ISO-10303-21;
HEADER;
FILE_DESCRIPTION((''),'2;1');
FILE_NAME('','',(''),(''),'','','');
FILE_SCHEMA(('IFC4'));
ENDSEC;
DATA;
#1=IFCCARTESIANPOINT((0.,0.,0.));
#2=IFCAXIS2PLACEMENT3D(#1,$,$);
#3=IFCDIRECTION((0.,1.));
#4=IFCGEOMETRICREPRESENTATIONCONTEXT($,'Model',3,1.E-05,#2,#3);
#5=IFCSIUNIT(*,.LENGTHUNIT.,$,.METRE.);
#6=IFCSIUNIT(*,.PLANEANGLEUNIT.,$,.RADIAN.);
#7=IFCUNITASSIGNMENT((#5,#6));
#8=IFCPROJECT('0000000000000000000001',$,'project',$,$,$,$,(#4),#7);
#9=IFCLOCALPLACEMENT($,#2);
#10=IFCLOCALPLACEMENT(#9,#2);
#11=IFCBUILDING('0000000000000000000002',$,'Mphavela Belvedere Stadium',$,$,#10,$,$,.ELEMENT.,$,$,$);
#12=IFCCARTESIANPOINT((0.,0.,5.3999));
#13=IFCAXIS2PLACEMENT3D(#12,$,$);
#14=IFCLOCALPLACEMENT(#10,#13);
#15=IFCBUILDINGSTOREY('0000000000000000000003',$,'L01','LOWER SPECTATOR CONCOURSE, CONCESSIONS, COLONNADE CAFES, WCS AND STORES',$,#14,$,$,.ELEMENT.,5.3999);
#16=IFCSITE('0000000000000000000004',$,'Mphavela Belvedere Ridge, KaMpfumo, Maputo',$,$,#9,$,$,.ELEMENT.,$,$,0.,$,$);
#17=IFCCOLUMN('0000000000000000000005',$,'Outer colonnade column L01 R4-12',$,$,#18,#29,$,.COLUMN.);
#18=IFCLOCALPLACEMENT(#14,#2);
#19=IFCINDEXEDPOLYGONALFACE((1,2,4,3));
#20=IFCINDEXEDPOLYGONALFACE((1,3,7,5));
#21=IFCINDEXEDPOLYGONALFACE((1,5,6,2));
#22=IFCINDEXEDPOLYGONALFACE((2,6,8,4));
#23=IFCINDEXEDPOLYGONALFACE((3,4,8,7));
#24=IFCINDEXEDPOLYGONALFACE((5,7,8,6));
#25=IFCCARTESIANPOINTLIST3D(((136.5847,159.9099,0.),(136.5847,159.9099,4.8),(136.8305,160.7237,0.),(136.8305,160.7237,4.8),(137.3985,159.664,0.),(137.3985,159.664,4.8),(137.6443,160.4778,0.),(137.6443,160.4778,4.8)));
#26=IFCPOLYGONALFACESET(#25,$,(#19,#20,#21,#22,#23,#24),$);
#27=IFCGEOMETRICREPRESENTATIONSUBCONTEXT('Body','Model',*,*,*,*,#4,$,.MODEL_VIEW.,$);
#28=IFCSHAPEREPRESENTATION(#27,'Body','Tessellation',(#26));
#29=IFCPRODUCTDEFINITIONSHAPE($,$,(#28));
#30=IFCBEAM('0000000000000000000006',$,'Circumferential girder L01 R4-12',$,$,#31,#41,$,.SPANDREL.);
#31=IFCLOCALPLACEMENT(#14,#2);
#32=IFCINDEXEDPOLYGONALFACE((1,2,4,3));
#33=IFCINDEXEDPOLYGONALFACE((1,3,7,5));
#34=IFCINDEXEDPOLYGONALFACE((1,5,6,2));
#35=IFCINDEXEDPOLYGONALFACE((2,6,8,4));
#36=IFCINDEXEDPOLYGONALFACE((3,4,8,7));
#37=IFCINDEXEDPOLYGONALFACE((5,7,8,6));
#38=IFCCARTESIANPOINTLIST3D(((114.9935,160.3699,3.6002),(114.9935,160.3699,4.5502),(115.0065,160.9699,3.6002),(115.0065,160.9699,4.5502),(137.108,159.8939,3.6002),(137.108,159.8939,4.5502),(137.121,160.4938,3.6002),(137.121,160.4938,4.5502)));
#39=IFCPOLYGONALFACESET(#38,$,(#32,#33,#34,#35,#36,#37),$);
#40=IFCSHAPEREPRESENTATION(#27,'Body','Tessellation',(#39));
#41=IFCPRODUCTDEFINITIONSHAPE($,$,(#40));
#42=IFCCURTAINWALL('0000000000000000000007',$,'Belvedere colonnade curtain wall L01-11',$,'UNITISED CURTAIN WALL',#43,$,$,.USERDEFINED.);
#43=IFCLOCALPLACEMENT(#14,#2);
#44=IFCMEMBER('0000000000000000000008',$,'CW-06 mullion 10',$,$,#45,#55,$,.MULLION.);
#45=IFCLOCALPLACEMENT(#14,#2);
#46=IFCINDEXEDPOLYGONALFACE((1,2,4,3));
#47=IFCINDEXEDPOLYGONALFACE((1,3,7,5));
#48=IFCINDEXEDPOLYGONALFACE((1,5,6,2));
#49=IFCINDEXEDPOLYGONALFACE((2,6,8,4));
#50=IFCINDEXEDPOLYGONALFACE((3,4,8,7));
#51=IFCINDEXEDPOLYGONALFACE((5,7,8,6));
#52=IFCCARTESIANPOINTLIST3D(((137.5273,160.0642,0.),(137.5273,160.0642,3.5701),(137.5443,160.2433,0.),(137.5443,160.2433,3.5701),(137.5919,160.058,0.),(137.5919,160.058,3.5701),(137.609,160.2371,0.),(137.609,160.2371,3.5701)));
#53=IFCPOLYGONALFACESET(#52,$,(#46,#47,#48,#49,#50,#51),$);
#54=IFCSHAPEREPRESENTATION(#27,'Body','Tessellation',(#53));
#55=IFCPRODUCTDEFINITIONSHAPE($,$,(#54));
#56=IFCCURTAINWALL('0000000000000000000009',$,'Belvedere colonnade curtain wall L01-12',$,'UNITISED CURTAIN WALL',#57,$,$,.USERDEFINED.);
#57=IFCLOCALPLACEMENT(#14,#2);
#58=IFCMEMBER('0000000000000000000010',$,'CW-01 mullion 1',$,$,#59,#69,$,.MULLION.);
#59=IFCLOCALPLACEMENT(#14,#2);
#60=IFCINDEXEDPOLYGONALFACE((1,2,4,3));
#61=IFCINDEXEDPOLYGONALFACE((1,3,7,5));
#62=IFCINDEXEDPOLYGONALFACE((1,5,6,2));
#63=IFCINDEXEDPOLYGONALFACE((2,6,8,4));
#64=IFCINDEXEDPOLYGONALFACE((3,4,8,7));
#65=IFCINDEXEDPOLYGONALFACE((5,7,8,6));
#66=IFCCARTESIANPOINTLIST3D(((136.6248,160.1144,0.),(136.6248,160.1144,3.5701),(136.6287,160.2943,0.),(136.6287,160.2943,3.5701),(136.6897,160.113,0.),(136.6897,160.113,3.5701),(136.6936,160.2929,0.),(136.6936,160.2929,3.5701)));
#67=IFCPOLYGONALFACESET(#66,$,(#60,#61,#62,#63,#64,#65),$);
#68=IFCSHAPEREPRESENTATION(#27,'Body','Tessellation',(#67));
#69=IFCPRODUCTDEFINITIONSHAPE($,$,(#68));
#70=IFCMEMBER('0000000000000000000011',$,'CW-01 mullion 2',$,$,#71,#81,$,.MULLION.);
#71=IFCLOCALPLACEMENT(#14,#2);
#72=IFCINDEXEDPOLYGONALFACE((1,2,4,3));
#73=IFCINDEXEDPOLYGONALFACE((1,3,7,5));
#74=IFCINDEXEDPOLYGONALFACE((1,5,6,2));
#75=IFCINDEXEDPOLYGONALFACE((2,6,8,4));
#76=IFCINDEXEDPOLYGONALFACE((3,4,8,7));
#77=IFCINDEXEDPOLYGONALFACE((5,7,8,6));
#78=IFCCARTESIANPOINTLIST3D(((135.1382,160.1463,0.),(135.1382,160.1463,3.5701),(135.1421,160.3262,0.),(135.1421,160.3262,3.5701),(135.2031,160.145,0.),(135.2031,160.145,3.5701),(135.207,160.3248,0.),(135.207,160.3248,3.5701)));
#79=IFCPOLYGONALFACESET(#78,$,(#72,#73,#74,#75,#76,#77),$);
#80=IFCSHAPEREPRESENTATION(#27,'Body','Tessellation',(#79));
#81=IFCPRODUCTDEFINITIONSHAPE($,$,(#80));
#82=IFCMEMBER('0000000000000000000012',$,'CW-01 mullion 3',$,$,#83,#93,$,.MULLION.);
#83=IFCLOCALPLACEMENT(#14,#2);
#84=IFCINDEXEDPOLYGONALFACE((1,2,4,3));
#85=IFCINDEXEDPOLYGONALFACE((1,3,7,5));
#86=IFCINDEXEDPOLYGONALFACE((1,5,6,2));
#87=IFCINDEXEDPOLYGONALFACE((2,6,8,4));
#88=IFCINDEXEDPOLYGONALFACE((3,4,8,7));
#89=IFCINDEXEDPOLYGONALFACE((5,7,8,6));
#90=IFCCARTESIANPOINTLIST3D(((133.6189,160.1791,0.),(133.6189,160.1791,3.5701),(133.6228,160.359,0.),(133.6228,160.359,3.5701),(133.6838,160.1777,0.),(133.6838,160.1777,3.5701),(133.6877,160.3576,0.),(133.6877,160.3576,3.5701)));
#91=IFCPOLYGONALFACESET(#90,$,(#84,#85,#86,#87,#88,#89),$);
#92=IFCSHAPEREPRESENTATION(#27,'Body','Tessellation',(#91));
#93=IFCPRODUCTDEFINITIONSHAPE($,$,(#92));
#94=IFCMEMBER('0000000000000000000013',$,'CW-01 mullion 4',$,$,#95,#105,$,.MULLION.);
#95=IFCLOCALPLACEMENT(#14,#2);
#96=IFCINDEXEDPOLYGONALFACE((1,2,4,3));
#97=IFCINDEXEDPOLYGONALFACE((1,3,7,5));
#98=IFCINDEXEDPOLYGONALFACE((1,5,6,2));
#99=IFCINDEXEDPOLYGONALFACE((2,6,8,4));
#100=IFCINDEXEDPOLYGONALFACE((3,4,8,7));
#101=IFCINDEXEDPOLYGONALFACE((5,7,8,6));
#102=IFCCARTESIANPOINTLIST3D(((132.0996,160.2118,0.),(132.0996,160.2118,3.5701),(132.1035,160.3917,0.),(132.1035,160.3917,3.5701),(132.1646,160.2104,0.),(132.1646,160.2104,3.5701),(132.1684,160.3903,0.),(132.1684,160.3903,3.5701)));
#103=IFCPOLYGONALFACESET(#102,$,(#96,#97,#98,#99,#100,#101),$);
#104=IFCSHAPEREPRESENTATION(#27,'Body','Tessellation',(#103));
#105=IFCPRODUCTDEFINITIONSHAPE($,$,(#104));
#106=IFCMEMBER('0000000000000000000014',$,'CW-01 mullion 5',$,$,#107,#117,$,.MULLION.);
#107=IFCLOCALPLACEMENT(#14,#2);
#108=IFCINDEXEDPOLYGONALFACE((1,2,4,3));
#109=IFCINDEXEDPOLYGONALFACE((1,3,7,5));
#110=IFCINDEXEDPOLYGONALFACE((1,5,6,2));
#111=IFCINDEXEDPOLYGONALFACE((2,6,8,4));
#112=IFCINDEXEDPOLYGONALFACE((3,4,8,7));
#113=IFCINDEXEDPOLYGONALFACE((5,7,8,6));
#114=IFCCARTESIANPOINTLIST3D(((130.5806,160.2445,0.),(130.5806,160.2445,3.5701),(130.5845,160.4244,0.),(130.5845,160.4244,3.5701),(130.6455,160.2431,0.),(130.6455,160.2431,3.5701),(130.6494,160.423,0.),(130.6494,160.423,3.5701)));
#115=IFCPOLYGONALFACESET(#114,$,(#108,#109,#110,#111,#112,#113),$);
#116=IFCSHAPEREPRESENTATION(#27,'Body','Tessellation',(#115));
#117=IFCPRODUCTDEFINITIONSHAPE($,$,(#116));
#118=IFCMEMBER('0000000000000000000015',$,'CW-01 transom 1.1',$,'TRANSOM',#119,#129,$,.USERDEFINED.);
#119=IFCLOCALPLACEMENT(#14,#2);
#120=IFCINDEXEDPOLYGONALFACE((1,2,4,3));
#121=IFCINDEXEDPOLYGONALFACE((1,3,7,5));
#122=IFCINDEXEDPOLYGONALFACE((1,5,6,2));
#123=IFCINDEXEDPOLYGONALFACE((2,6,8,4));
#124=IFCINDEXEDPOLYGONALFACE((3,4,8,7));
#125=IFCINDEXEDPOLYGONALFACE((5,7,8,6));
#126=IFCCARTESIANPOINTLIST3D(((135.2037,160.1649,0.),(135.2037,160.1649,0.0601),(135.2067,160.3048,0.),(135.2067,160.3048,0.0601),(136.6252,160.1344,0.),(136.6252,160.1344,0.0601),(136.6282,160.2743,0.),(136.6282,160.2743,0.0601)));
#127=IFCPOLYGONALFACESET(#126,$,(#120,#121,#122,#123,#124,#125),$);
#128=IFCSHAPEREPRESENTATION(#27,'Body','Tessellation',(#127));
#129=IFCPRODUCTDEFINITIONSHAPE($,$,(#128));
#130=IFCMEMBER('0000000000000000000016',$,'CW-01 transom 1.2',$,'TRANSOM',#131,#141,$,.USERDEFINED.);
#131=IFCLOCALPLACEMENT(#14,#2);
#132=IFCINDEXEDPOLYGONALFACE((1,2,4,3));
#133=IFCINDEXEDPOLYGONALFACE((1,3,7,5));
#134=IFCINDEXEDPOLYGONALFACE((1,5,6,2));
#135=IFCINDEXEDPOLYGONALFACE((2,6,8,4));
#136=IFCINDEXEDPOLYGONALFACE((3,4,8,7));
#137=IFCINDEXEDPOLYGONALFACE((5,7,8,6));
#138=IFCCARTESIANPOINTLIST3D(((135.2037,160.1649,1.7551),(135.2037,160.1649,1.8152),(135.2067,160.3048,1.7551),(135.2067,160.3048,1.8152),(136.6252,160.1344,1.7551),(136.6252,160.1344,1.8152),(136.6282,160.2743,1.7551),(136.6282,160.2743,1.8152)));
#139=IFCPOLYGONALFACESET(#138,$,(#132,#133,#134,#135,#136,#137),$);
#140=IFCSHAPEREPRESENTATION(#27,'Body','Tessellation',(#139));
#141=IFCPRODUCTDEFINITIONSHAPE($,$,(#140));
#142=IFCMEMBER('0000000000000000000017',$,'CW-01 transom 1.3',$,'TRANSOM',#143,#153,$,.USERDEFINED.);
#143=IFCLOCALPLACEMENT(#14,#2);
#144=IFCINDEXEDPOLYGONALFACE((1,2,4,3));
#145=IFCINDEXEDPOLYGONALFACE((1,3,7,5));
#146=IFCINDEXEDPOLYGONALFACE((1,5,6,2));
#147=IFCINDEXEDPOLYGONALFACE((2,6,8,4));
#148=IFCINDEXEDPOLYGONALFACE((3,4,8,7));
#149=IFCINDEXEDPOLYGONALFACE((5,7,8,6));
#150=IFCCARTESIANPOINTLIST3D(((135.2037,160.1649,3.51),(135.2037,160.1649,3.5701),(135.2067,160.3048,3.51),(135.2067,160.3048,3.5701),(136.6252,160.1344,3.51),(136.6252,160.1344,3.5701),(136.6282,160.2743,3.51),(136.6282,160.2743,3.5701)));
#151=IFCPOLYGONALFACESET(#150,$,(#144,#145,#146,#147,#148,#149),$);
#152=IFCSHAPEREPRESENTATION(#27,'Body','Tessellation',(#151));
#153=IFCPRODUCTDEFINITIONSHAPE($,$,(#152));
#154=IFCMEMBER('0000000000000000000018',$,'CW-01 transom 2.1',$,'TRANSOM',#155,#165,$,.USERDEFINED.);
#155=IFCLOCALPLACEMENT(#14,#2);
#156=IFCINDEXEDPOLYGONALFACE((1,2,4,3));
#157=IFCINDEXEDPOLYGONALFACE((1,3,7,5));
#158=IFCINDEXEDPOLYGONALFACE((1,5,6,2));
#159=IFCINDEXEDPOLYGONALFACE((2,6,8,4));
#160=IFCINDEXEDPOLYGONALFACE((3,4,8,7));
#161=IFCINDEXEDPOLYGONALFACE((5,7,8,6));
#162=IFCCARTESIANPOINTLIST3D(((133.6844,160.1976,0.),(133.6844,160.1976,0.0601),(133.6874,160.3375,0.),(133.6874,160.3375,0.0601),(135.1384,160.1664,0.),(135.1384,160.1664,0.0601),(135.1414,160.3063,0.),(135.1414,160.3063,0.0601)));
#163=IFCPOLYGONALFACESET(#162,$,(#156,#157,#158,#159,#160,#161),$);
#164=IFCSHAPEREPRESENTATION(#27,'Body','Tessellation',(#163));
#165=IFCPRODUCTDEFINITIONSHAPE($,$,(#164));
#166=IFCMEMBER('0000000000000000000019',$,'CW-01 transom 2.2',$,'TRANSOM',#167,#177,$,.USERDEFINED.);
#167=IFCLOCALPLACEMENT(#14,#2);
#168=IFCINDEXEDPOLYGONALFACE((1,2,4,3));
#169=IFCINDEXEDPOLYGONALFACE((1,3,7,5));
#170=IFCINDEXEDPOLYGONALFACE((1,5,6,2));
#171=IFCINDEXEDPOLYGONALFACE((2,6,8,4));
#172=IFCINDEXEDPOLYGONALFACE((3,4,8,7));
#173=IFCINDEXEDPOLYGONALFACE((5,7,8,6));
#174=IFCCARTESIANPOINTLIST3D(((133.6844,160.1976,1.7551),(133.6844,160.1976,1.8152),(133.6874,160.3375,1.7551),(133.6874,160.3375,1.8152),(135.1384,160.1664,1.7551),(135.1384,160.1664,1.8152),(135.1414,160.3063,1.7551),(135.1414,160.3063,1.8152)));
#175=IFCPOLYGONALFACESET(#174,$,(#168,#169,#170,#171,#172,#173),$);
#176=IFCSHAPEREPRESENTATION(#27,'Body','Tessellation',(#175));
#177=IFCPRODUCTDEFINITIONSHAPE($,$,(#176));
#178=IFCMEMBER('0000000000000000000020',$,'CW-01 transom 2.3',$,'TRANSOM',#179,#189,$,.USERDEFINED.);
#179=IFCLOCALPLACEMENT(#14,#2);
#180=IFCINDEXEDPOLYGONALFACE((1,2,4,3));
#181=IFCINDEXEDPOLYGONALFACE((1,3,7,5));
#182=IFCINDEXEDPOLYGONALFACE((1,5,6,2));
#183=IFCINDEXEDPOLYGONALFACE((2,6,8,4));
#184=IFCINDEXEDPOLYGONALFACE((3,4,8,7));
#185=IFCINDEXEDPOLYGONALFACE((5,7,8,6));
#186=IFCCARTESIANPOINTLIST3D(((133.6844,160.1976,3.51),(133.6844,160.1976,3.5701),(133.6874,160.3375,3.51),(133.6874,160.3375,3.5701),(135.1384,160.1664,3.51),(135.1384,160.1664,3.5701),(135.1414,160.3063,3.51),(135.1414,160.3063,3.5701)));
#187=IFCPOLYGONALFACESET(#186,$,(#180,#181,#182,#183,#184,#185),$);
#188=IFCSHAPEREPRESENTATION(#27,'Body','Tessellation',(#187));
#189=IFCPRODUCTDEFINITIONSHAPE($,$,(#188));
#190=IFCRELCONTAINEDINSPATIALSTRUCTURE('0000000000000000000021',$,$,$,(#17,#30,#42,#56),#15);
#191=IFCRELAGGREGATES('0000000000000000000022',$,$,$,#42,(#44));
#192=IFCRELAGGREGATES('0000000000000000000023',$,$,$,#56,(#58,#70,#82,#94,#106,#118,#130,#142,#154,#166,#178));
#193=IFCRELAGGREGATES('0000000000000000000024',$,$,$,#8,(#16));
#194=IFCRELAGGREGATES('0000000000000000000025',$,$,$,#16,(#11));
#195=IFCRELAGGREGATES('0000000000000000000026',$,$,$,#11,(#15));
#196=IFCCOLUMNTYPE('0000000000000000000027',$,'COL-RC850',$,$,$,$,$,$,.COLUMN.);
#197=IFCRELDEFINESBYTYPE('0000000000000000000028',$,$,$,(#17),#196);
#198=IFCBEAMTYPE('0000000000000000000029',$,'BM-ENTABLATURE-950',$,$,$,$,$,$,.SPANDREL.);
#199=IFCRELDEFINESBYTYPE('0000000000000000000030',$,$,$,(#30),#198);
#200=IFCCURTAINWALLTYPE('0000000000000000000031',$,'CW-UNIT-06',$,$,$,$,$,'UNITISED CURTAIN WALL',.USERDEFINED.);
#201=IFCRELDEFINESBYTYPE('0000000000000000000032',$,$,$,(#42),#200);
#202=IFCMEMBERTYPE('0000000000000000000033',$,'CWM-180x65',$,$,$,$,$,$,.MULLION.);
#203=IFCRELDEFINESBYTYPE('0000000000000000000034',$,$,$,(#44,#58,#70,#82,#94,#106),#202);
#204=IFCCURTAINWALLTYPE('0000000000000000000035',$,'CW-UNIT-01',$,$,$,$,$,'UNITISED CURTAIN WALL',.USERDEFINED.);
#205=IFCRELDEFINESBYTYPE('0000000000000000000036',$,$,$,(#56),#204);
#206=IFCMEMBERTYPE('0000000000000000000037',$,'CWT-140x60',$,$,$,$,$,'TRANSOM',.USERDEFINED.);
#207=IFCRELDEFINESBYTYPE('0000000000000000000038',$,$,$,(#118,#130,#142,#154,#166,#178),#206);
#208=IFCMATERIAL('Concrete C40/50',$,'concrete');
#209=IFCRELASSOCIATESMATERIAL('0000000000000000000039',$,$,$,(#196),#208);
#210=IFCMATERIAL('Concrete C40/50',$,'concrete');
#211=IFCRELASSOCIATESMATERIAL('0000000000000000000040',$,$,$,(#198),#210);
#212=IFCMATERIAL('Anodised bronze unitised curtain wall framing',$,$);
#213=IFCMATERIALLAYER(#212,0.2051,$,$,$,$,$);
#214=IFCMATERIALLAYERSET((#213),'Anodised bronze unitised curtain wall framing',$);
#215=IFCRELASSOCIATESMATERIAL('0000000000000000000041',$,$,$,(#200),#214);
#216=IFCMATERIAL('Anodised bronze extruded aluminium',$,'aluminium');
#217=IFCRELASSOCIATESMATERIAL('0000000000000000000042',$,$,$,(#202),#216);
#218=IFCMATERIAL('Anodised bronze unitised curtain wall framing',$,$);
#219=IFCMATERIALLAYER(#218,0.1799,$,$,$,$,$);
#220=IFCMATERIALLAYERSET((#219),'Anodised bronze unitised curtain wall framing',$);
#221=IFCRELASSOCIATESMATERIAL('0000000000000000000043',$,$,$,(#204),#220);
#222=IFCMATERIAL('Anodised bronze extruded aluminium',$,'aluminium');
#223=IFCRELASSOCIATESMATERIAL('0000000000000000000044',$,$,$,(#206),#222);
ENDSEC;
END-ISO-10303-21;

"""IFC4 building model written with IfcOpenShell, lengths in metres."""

from ifc_helpers import new_model, si_unit, direction, frame, origin, origin_2d, place, context, subcontext, project, spatial, rectangle, extrude, material, layer, layer_set, material_profile, profile_set, type_object, element, aggregate, save


model = new_model("IFC4")

# Units and contexts
model_context = context("Model", 3, precision=1e-05, world=origin(), true_north=direction((0.0, 1.0)))
body_context = subcontext(model_context, "Body", "Model", "MODEL_VIEW")
ifc_project = project(units=[si_unit("LENGTHUNIT", "METRE"), si_unit("PLANEANGLEUNIT", "RADIAN")], contexts=[model_context])

# Site, building, storey
site_placement = place(None, origin())
site = spatial("IfcSite", under=ifc_project, at=site_placement, Name="Mphavela Belvedere Ridge, KaMpfumo, Maputo", CompositionType="ELEMENT", RefElevation=0.0)
building_placement = place(site_placement, origin())
building = spatial("IfcBuilding", under=site, at=building_placement, Name="Mphavela Belvedere Stadium", CompositionType="ELEMENT")
storey_placement = place(building_placement, frame((0.0, 0.0, 5.3999)))
storey = spatial("IfcBuildingStorey", under=building, at=storey_placement, Name="L01", Description="LOWER SPECTATOR CONCOURSE, CONCESSIONS, COLONNADE CAFES, WCS AND STORES", CompositionType="ELEMENT", Elevation=5.3999)

# Column
ifc_material_1 = material(Name="Concrete C40/50", Category="concrete")
ifc_material_profile_1 = material_profile(ifc_material_1, rectangle(XDim=0.8501, YDim=0.8501, at=origin_2d()), Name="RC 850x850")
ifc_profile_set_1 = profile_set([ifc_material_profile_1], Name="Concrete C40/50")
column_type = type_object("IfcColumnType", Name="COL-RC850", PredefinedType="COLUMN", material=ifc_profile_set_1)
column_placement = place(storey_placement, frame((137.1145, 160.1938, 0.0), z_axis=(0.0, 0.0, 1.0), x_axis=(0.289199, 0.957269, 0.0)))
element("IfcColumn", 1, at=column_placement, inside=storey, type_object=column_type, Name="Outer colonnade column L01 R4-12", PredefinedType="COLUMN", context=body_context, shape_type="SweptSolid", body=[
    extrude(rectangle(XDim=0.8501, YDim=0.8501, at=origin_2d()), origin(), (0.0, 0.0, 1.0), 4.8),
])

# Beam
ifc_material_2 = material(Name="Concrete C40/50", Category="concrete")
ifc_material_profile_2 = material_profile(ifc_material_2, rectangle(XDim=0.6001, YDim=0.95, at=origin_2d()), Name="RC 600x950")
ifc_profile_set_2 = profile_set([ifc_material_profile_2], Name="Concrete C40/50")
beam_type = type_object("IfcBeamType", Name="BM-ENTABLATURE-950", PredefinedType="SPANDREL", material=ifc_profile_set_2)
beam_placement = place(storey_placement, frame((137.1145, 160.1938, 4.0752), z_axis=(-0.999768, 0.021523, 0.0), x_axis=(-0.021523, -0.999768, 0.0)))
element("IfcBeam", 2, at=beam_placement, inside=storey, type_object=beam_type, Name="Circumferential girder L01 R4-12", PredefinedType="SPANDREL", context=body_context, shape_type="SweptSolid", body=[
    extrude(rectangle(XDim=0.6001, YDim=0.95, at=origin_2d()), origin(), (0.0, 0.0, 1.0), 22.1196),
])

# Curtain wall, member
ifc_material_3 = material(Name="Anodised bronze unitised curtain wall framing")
ifc_layer_1 = layer(ifc_material_3, 0.2051)
ifc_layer_set_1 = layer_set([ifc_layer_1], Name="Anodised bronze unitised curtain wall framing")
curtain_wall_type_1 = type_object("IfcCurtainWallType", Name="CW-UNIT-06", ElementType="UNITISED CURTAIN WALL", PredefinedType="USERDEFINED", material=ifc_layer_set_1)
curtain_wall_1_placement = place(storey_placement, origin())
curtain_wall_1 = element("IfcCurtainWall", 3, at=curtain_wall_1_placement, inside=storey, type_object=curtain_wall_type_1, Name="Belvedere colonnade curtain wall L01-11", ObjectType="UNITISED CURTAIN WALL", PredefinedType="USERDEFINED")
ifc_material_4 = material(Name="Anodised bronze extruded aluminium", Category="aluminium")
ifc_material_profile_3 = material_profile(ifc_material_4, rectangle(XDim=0.1799, YDim=0.0649, at=origin_2d()), Name="CW-MUL 180x65")
ifc_profile_set_3 = profile_set([ifc_material_profile_3], Name="Anodised bronze extruded aluminium")
member_type_1 = type_object("IfcMemberType", Name="CWM-180x65", PredefinedType="MULLION", material=ifc_profile_set_3)
member_1_placement = place(storey_placement, frame((137.5681, 160.1506, 0.0), z_axis=(0.0, 0.0, 1.0), x_axis=(-0.094922, -0.995485, 0.0)))
member_1 = element("IfcMember", 4, at=member_1_placement, type_object=member_type_1, Name="CW-06 mullion 10", PredefinedType="MULLION", context=body_context, shape_type="SweptSolid", body=[
    extrude(rectangle(XDim=0.1799, YDim=0.0649, at=origin_2d()), origin(), (0.0, 0.0, 1.0), 3.5701),
])
aggregate(curtain_wall_1, [member_1])

# Curtain wall, members
ifc_material_5 = material(Name="Anodised bronze unitised curtain wall framing")
ifc_layer_2 = layer(ifc_material_5, 0.1799)
ifc_layer_set_2 = layer_set([ifc_layer_2], Name="Anodised bronze unitised curtain wall framing")
curtain_wall_type_2 = type_object("IfcCurtainWallType", Name="CW-UNIT-01", ElementType="UNITISED CURTAIN WALL", PredefinedType="USERDEFINED", material=ifc_layer_set_2)
curtain_wall_2_placement = place(storey_placement, origin())
curtain_wall_2 = element("IfcCurtainWall", 5, at=curtain_wall_2_placement, inside=storey, type_object=curtain_wall_type_2, Name="Belvedere colonnade curtain wall L01-12", ObjectType="UNITISED CURTAIN WALL", PredefinedType="USERDEFINED")
member_2_placement = place(storey_placement, frame((136.6592, 160.2036, 0.0), z_axis=(0.0, 0.0, 1.0), x_axis=(-0.021529, -0.999768, 0.0)))
member_2 = element("IfcMember", 6, at=member_2_placement, type_object=member_type_1, Name="CW-01 mullion 1", PredefinedType="MULLION", context=body_context, shape_type="SweptSolid", body=[
    extrude(rectangle(XDim=0.1799, YDim=0.0649, at=origin_2d()), origin(), (0.0, 0.0, 1.0), 3.5701),
])
member_3_placement = place(storey_placement, frame((135.1726, 160.2356, 0.0), z_axis=(0.0, 0.0, 1.0), x_axis=(-0.021529, -0.999768, 0.0)))
member_3 = element("IfcMember", 7, at=member_3_placement, type_object=member_type_1, Name="CW-01 mullion 2", PredefinedType="MULLION", context=body_context, shape_type="SweptSolid", body=[
    extrude(rectangle(XDim=0.1799, YDim=0.0649, at=origin_2d()), origin(), (0.0, 0.0, 1.0), 3.5701),
])
member_4_placement = place(storey_placement, frame((133.6533, 160.2683, 0.0), z_axis=(0.0, 0.0, 1.0), x_axis=(-0.021529, -0.999768, 0.0)))
member_4 = element("IfcMember", 8, at=member_4_placement, type_object=member_type_1, Name="CW-01 mullion 3", PredefinedType="MULLION", context=body_context, shape_type="SweptSolid", body=[
    extrude(rectangle(XDim=0.1799, YDim=0.0649, at=origin_2d()), origin(), (0.0, 0.0, 1.0), 3.5701),
])
member_5_placement = place(storey_placement, frame((132.134, 160.301, 0.0), z_axis=(0.0, 0.0, 1.0), x_axis=(-0.021529, -0.999768, 0.0)))
member_5 = element("IfcMember", 9, at=member_5_placement, type_object=member_type_1, Name="CW-01 mullion 4", PredefinedType="MULLION", context=body_context, shape_type="SweptSolid", body=[
    extrude(rectangle(XDim=0.1799, YDim=0.0649, at=origin_2d()), origin(), (0.0, 0.0, 1.0), 3.5701),
])
member_6_placement = place(storey_placement, frame((130.615, 160.3337, 0.0), z_axis=(0.0, 0.0, 1.0), x_axis=(-0.021529, -0.999768, 0.0)))
member_6 = element("IfcMember", 10, at=member_6_placement, type_object=member_type_1, Name="CW-01 mullion 5", PredefinedType="MULLION", context=body_context, shape_type="SweptSolid", body=[
    extrude(rectangle(XDim=0.1799, YDim=0.0649, at=origin_2d()), origin(), (0.0, 0.0, 1.0), 3.5701),
])
ifc_material_6 = material(Name="Anodised bronze extruded aluminium", Category="aluminium")
ifc_material_profile_4 = material_profile(ifc_material_6, rectangle(XDim=0.1399, YDim=0.0601, at=origin_2d()), Name="CW-TRN 140x60")
ifc_profile_set_4 = profile_set([ifc_material_profile_4], Name="Anodised bronze extruded aluminium")
member_type_2 = type_object("IfcMemberType", Name="CWT-140x60", ElementType="TRANSOM", PredefinedType="USERDEFINED", material=ifc_profile_set_4)
member_7_placement = place(storey_placement, frame((136.6267, 160.2043, 0.03), z_axis=(-0.99977, 0.021462, 0.0), x_axis=(-0.021462, -0.99977, 0.0)))
member_7 = element("IfcMember", 11, at=member_7_placement, type_object=member_type_2, Name="CW-01 transom 1.1", ObjectType="TRANSOM", PredefinedType="USERDEFINED", context=body_context, shape_type="SweptSolid", body=[
    extrude(rectangle(XDim=0.1399, YDim=0.0601, at=origin_2d()), origin(), (0.0, 0.0, 1.0), 1.4219),
])
member_8_placement = place(storey_placement, frame((136.6267, 160.2043, 1.7852), z_axis=(-0.99977, 0.021462, 0.0), x_axis=(-0.021462, -0.99977, 0.0)))
member_8 = element("IfcMember", 12, at=member_8_placement, type_object=member_type_2, Name="CW-01 transom 1.2", ObjectType="TRANSOM", PredefinedType="USERDEFINED", context=body_context, shape_type="SweptSolid", body=[
    extrude(rectangle(XDim=0.1399, YDim=0.0601, at=origin_2d()), origin(), (0.0, 0.0, 1.0), 1.4219),
])
member_9_placement = place(storey_placement, frame((136.6267, 160.2043, 3.54), z_axis=(-0.99977, 0.021462, 0.0), x_axis=(-0.021462, -0.99977, 0.0)))
member_9 = element("IfcMember", 13, at=member_9_placement, type_object=member_type_2, Name="CW-01 transom 1.3", ObjectType="TRANSOM", PredefinedType="USERDEFINED", context=body_context, shape_type="SweptSolid", body=[
    extrude(rectangle(XDim=0.1399, YDim=0.0601, at=origin_2d()), origin(), (0.0, 0.0, 1.0), 1.4219),
])
member_10_placement = place(storey_placement, frame((135.1399, 160.2363, 0.03), z_axis=(-0.999769, 0.021486, 0.0), x_axis=(-0.021486, -0.999769, 0.0)))
member_10 = element("IfcMember", 14, at=member_10_placement, type_object=member_type_2, Name="CW-01 transom 2.1", ObjectType="TRANSOM", PredefinedType="USERDEFINED", context=body_context, shape_type="SweptSolid", body=[
    extrude(rectangle(XDim=0.1399, YDim=0.0601, at=origin_2d()), origin(), (0.0, 0.0, 1.0), 1.4543),
])
member_11_placement = place(storey_placement, frame((135.1399, 160.2363, 1.7852), z_axis=(-0.999769, 0.021486, 0.0), x_axis=(-0.021486, -0.999769, 0.0)))
member_11 = element("IfcMember", 15, at=member_11_placement, type_object=member_type_2, Name="CW-01 transom 2.2", ObjectType="TRANSOM", PredefinedType="USERDEFINED", context=body_context, shape_type="SweptSolid", body=[
    extrude(rectangle(XDim=0.1399, YDim=0.0601, at=origin_2d()), origin(), (0.0, 0.0, 1.0), 1.4543),
])
member_12_placement = place(storey_placement, frame((135.1399, 160.2363, 3.54), z_axis=(-0.999769, 0.021486, 0.0), x_axis=(-0.021486, -0.999769, 0.0)))
member_12 = element("IfcMember", 16, at=member_12_placement, type_object=member_type_2, Name="CW-01 transom 2.3", ObjectType="TRANSOM", PredefinedType="USERDEFINED", context=body_context, shape_type="SweptSolid", body=[
    extrude(rectangle(XDim=0.1399, YDim=0.0601, at=origin_2d()), origin(), (0.0, 0.0, 1.0), 1.4543),
])
aggregate(curtain_wall_2, [member_2, member_3, member_4, member_5, member_6, member_7, member_8, member_9, member_10, member_11, member_12])

save(model, "model.ifc")
